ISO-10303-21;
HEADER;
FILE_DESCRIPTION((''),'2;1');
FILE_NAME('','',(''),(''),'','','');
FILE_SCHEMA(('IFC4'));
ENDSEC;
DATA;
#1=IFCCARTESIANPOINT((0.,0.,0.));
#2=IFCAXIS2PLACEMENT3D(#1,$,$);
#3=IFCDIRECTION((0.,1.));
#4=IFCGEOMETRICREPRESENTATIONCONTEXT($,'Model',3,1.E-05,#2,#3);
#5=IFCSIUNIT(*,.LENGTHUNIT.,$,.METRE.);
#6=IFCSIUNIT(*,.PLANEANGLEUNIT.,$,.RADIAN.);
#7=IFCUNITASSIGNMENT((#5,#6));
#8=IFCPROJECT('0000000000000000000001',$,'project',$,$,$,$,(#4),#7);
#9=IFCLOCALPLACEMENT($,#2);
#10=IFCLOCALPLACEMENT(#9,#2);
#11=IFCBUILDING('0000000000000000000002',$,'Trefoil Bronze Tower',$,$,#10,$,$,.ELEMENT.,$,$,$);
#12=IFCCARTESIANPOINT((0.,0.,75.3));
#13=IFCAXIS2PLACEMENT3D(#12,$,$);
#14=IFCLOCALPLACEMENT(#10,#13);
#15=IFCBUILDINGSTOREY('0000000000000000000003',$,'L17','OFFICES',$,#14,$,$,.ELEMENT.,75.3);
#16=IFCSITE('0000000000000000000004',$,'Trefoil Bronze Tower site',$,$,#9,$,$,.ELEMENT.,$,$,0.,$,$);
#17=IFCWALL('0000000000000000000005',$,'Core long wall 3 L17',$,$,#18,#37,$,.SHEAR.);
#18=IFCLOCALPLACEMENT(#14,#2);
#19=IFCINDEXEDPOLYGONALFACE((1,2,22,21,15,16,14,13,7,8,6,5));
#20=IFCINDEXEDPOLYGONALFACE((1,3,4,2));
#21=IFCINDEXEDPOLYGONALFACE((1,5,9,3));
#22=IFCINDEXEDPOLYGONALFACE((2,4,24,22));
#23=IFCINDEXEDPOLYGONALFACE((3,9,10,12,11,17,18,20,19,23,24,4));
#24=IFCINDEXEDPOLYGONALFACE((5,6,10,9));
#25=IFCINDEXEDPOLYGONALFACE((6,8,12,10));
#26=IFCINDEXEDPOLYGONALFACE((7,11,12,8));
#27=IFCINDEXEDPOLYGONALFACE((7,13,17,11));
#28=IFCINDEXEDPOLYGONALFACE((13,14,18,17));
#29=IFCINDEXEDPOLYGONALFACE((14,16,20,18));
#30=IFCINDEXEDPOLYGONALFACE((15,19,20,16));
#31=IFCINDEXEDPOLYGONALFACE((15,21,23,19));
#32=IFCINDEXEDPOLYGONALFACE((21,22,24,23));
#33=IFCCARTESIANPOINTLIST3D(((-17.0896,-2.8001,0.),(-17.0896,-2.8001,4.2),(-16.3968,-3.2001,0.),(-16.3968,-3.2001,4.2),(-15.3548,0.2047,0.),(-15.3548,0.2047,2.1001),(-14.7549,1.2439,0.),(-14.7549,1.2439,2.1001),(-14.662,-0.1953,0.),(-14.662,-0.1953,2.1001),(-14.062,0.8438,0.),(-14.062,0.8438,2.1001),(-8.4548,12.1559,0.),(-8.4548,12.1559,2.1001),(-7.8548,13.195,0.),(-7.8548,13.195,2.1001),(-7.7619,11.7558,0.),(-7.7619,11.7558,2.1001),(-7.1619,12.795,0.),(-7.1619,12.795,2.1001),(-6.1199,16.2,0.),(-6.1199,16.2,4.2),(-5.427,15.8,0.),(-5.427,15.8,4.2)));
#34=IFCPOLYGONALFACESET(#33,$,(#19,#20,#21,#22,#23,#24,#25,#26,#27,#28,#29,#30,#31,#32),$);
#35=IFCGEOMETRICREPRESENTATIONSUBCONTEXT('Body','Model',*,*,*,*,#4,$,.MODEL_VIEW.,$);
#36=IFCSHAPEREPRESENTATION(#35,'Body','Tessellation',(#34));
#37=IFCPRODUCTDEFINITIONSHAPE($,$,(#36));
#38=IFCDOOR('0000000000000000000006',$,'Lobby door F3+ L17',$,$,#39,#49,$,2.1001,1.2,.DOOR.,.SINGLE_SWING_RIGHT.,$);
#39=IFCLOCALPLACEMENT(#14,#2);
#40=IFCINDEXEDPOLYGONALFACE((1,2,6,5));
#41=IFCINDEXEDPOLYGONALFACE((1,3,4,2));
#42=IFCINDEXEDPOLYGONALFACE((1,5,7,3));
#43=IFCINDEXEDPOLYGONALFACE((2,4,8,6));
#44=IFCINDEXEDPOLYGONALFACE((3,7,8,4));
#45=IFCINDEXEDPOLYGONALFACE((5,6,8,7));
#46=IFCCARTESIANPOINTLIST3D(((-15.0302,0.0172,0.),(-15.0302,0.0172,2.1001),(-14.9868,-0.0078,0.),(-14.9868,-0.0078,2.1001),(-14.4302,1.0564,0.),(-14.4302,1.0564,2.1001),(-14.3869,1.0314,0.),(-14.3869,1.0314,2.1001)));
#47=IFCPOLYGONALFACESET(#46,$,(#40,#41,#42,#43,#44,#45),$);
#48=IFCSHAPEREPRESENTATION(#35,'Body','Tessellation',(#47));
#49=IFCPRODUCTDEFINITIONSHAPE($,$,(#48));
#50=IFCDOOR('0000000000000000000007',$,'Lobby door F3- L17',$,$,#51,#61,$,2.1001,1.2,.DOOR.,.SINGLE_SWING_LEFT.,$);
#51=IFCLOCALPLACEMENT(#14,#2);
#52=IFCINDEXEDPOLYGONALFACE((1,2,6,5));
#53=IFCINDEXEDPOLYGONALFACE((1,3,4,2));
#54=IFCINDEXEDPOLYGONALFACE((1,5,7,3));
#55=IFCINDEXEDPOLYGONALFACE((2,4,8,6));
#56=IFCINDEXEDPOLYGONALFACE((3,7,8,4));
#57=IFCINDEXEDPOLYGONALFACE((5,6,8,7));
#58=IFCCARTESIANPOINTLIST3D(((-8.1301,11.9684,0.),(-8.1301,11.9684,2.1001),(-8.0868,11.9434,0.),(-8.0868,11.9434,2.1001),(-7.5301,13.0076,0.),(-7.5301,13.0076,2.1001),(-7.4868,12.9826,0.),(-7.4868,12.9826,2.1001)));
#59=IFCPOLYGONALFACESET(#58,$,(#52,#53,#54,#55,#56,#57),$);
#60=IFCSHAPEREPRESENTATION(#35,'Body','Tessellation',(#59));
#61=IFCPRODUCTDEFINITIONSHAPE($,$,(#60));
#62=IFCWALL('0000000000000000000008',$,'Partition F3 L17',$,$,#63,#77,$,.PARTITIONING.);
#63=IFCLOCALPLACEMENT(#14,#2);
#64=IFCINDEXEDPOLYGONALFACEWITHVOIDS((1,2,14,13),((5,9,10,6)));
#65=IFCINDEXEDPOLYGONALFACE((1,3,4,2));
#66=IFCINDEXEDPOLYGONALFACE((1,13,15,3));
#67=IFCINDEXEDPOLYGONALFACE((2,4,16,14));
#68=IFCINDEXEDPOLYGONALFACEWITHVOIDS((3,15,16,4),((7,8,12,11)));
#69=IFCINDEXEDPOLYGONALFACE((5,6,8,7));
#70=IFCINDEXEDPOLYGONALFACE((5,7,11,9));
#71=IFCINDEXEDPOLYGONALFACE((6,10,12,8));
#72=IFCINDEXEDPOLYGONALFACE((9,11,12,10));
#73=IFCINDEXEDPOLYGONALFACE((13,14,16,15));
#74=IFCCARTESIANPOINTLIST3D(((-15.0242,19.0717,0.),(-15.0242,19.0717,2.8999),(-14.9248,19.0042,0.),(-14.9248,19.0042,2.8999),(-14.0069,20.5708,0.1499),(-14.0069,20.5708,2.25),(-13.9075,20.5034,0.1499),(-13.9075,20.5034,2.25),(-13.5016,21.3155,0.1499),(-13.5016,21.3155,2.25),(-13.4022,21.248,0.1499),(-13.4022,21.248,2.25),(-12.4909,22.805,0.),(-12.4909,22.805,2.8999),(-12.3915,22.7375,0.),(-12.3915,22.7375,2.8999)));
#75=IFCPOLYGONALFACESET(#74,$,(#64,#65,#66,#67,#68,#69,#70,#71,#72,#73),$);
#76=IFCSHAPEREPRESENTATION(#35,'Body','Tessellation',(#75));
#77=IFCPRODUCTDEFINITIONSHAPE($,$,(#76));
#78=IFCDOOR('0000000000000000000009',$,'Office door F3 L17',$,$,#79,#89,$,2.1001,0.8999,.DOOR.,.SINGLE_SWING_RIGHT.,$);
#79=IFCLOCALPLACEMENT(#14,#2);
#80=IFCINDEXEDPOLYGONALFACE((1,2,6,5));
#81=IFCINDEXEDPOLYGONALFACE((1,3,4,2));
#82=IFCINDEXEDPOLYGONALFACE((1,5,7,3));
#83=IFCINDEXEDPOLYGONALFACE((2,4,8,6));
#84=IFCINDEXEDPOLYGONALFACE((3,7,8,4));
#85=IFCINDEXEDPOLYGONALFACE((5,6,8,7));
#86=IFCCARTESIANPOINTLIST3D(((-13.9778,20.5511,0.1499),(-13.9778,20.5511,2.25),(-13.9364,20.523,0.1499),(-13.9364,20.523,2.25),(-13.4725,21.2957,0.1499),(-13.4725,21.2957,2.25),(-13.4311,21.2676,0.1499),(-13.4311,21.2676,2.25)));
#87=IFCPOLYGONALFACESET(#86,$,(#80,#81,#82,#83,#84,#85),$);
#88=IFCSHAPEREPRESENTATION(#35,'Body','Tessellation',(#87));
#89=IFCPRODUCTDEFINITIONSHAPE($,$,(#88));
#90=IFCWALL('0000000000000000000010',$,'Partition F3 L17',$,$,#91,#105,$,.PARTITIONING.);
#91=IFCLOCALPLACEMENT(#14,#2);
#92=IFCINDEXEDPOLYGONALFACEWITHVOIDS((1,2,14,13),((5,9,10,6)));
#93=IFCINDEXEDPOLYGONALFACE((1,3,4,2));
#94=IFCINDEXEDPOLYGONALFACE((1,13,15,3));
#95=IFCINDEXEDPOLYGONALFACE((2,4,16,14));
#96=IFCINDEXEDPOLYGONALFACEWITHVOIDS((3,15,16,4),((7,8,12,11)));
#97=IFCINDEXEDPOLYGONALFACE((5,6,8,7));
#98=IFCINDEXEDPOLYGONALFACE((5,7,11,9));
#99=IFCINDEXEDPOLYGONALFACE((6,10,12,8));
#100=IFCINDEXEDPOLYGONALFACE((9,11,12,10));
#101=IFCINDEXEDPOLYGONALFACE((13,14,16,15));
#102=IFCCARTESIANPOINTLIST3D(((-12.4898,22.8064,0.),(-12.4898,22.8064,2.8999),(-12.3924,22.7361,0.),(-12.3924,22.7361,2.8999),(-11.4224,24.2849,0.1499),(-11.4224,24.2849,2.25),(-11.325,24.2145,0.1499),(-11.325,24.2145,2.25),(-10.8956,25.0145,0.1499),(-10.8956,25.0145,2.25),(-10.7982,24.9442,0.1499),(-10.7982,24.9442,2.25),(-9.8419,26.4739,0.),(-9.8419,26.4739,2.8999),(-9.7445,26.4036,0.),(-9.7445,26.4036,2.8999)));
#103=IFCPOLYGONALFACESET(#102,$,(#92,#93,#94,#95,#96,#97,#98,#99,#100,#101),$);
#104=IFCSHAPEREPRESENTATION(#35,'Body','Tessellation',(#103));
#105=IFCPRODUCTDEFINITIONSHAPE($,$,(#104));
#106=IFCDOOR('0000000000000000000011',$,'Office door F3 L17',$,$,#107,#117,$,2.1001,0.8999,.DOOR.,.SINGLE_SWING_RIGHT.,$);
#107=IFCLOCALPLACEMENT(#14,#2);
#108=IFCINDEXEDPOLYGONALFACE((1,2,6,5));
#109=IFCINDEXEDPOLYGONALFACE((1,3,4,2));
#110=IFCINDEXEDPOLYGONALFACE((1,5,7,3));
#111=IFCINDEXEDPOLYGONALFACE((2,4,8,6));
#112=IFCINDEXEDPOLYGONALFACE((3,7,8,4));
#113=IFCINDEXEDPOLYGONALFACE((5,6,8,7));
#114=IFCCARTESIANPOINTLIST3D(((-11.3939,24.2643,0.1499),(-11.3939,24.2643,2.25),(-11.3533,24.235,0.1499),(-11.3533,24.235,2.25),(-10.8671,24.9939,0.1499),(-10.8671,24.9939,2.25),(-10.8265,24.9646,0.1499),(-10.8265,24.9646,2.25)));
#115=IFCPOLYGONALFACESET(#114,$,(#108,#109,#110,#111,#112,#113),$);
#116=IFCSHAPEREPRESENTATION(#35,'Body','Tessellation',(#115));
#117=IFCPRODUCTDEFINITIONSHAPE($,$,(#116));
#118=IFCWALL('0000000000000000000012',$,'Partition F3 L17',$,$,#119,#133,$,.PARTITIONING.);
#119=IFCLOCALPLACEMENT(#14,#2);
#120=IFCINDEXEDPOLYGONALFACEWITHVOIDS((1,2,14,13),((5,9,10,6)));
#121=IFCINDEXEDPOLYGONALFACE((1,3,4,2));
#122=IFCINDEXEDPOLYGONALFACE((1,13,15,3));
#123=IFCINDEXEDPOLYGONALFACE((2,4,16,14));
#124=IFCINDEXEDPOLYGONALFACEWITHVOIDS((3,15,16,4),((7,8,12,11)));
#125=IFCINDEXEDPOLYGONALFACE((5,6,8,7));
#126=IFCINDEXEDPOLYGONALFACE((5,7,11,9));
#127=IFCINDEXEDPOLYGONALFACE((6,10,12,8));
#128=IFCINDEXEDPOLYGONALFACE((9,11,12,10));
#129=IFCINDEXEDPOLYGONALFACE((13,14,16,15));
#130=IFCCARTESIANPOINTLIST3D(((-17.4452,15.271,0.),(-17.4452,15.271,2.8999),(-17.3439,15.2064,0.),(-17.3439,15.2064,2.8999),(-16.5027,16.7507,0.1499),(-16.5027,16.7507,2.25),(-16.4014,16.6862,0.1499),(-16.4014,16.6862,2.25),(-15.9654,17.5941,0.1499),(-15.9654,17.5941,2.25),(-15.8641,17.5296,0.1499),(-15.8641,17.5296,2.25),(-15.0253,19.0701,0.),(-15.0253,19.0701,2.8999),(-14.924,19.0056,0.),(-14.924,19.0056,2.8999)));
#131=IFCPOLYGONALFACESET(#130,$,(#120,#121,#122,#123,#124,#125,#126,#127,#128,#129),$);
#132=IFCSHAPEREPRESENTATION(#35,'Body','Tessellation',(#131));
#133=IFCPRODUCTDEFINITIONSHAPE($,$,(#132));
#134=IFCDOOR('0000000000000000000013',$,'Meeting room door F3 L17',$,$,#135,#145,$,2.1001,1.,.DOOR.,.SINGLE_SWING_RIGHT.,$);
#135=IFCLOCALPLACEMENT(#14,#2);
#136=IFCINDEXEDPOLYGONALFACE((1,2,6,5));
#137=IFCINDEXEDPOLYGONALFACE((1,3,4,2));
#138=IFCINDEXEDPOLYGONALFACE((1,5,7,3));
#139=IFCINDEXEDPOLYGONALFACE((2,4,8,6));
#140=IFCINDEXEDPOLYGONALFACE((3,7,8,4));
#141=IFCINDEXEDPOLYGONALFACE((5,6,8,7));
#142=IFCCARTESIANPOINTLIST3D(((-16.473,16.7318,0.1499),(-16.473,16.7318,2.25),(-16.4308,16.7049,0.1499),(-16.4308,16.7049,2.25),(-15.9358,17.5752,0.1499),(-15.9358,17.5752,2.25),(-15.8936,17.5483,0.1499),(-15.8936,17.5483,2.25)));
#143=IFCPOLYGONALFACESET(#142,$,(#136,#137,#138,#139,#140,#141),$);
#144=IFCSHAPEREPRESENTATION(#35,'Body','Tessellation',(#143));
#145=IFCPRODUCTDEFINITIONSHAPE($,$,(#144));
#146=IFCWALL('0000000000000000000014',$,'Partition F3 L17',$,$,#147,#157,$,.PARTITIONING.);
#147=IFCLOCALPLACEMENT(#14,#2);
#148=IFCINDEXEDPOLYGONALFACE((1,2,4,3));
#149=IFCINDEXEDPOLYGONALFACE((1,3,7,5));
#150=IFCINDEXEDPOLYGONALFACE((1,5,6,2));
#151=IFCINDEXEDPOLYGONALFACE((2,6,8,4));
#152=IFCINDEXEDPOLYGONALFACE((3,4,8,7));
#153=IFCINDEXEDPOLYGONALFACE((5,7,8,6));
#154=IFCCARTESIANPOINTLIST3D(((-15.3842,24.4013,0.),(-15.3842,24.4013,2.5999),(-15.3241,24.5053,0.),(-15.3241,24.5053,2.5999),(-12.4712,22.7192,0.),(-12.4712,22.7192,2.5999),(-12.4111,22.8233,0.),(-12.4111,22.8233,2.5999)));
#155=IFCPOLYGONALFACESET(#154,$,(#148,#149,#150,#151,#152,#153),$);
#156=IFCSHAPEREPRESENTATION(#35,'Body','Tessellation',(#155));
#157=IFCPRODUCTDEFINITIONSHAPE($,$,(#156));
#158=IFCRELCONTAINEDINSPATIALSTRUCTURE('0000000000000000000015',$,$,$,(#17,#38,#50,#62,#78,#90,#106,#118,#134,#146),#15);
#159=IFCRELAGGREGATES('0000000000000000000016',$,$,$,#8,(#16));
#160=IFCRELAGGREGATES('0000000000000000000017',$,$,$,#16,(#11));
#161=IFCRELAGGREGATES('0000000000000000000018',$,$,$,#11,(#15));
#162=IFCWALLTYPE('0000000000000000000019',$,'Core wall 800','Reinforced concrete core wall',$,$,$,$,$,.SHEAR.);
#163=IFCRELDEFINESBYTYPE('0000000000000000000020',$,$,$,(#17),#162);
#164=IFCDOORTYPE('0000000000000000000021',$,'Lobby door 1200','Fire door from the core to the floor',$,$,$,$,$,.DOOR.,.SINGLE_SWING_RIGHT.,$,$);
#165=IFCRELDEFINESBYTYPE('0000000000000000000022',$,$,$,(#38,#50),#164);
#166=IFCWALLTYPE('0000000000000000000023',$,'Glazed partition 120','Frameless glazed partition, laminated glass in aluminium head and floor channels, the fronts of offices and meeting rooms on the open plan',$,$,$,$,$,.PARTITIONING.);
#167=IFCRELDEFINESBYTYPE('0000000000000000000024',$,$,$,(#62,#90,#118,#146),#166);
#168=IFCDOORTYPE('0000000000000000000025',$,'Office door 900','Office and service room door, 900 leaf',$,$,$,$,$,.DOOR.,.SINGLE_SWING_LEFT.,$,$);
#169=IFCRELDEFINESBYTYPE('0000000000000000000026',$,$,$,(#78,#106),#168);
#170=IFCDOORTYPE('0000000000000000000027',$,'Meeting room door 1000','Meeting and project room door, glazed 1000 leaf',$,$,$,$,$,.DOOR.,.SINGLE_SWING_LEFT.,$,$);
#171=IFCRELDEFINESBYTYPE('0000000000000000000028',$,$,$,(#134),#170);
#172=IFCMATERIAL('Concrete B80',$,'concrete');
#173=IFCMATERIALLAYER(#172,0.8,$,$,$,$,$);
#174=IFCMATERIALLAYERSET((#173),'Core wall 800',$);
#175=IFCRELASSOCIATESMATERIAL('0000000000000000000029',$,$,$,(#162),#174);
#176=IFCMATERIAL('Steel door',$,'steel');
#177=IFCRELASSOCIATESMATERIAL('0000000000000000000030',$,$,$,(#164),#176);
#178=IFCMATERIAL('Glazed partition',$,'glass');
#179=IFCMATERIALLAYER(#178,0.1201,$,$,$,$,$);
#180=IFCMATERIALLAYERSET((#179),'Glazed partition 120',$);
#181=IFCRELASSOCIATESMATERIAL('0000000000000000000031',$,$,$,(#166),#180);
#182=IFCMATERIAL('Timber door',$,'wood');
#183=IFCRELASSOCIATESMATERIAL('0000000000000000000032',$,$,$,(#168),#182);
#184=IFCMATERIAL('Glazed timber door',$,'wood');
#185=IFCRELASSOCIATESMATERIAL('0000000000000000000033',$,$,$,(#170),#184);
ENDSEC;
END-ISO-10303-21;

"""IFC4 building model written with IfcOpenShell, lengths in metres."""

from ifc_helpers import new_model, si_unit, direction, frame, frame_2d, origin, place, context, subcontext, project, spatial, rectangle, extrude, material, layer, layer_set, type_object, element, fill, save


model = new_model("IFC4")

# Units and contexts
model_context = context("Model", 3, precision=1e-05, world=origin(), true_north=direction((0.0, 1.0)))
body_context = subcontext(model_context, "Body", "Model", "MODEL_VIEW")
ifc_project = project(units=[si_unit("LENGTHUNIT", "METRE"), si_unit("PLANEANGLEUNIT", "RADIAN")], contexts=[model_context])

# Site, building, storey
site_placement = place(None, origin())
site = spatial("IfcSite", under=ifc_project, at=site_placement, Name="Trefoil Bronze Tower site", CompositionType="ELEMENT", RefElevation=0.0)
building_placement = place(site_placement, origin())
building = spatial("IfcBuilding", under=site, at=building_placement, Name="Trefoil Bronze Tower", CompositionType="ELEMENT")
storey_placement = place(building_placement, frame((0.0, 0.0, 75.3)))
storey = spatial("IfcBuildingStorey", under=building, at=storey_placement, Name="L17", Description="OFFICES", CompositionType="ELEMENT", Elevation=75.3)

# Wall, openings, doors
ifc_material_1 = material(Name="Concrete B80", Category="concrete")
ifc_layer_1 = layer(ifc_material_1, 0.8)
ifc_layer_set_1 = layer_set([ifc_layer_1], Name="Core wall 800")
wall_type_1 = type_object("IfcWallType", Name="Core wall 800", Description="Reinforced concrete core wall", PredefinedType="SHEAR", material=ifc_layer_set_1)
wall_1_placement = place(storey_placement, frame((-5.7734, 16.0, 0.0), z_axis=(0.0, 0.0, 1.0), x_axis=(-0.500002, -0.866024, 0.0)))
wall_1 = element("IfcWall", 1, at=wall_1_placement, inside=storey, type_object=wall_type_1, Name="Core long wall 3 L17", PredefinedType="SHEAR", context=body_context, shape_type="SweptSolid", body=[
    extrude(rectangle(XDim=21.9395, YDim=0.8, at=frame_2d((10.9697, 0.0))), origin(), (0.0, 0.0, 1.0), 4.2),
])
opening_1_placement = place(wall_1_placement, frame((17.2698, 0.0, 0.0)))
opening_1 = element("IfcOpeningElement", 2, at=opening_1_placement, cuts=wall_1, PredefinedType="OPENING", context=body_context, shape_type="SweptSolid", body=[
    extrude(rectangle(XDim=1.2, YDim=2.1001, at=frame_2d((0.6001, 1.05))), frame((0.0, 0.4099, 0.0), z_axis=(0.0, -1.0, 0.0), x_axis=(1.0, 0.0, 0.0)), (0.0, 0.0, 1.0), 0.8201),
])
opening_2_placement = place(wall_1_placement, frame((3.4697, 0.0, 0.0)))
opening_2 = element("IfcOpeningElement", 3, at=opening_2_placement, cuts=wall_1, PredefinedType="OPENING", context=body_context, shape_type="SweptSolid", body=[
    extrude(rectangle(XDim=1.2, YDim=2.1001, at=frame_2d((0.6001, 1.05))), frame((0.0, 0.4099, 0.0), z_axis=(0.0, -1.0, 0.0), x_axis=(1.0, 0.0, 0.0)), (0.0, 0.0, 1.0), 0.8201),
])
ifc_material_2 = material(Name="Steel door", Category="steel")
door_type_1 = type_object("IfcDoorType", Name="Lobby door 1200", Description="Fire door from the core to the floor", OperationType="SINGLE_SWING_RIGHT", PredefinedType="DOOR", material=ifc_material_2)
door_1_placement = place(opening_1_placement, origin())
door_1 = element("IfcDoor", 4, at=door_1_placement, inside=storey, type_object=door_type_1, Name="Lobby door F3+ L17", OperationType="SINGLE_SWING_RIGHT", OverallHeight=2.1001, OverallWidth=1.2, PredefinedType="DOOR", context=body_context, shape_type="SweptSolid", body=[
    extrude(rectangle(XDim=1.2, YDim=2.1001, at=frame_2d((0.6001, 1.05))), frame((0.0, 0.0249, 0.0), z_axis=(0.0, -1.0, 0.0), x_axis=(1.0, 0.0, 0.0)), (0.0, 0.0, 1.0), 0.05),
])
fill(opening_1, door_1)
door_2_placement = place(opening_2_placement, origin())
door_2 = element("IfcDoor", 5, at=door_2_placement, inside=storey, type_object=door_type_1, Name="Lobby door F3- L17", OperationType="SINGLE_SWING_LEFT", OverallHeight=2.1001, OverallWidth=1.2, PredefinedType="DOOR", context=body_context, shape_type="SweptSolid", body=[
    extrude(rectangle(XDim=1.2, YDim=2.1001, at=frame_2d((0.6001, 1.05))), frame((0.0, 0.0249, 0.0), z_axis=(0.0, -1.0, 0.0), x_axis=(1.0, 0.0, 0.0)), (0.0, 0.0, 1.0), 0.05),
])
fill(opening_2, door_2)

# Walls, openings, doors
ifc_material_3 = material(Name="Glazed partition", Category="glass")
ifc_layer_2 = layer(ifc_material_3, 0.1201)
ifc_layer_set_2 = layer_set([ifc_layer_2], Name="Glazed partition 120")
wall_type_2 = type_object("IfcWallType", Name="Glazed partition 120", Description="Frameless glazed partition, laminated glass in aluminium head and floor channels, the fronts of offices and meeting rooms on the open plan", PredefinedType="PARTITIONING", material=ifc_layer_set_2)
wall_2_placement = place(storey_placement, frame((-12.4412, 22.7712, 0.0), z_axis=(0.0, 0.0, 1.0), x_axis=(-0.561512, -0.827469, 0.0)))
wall_2 = element("IfcWall", 6, at=wall_2_placement, inside=storey, type_object=wall_type_2, Name="Partition F3 L17", PredefinedType="PARTITIONING", context=body_context, shape_type="SweptSolid", body=[
    extrude(rectangle(XDim=4.5117, YDim=0.1201, at=frame_2d((2.2559, 0.0))), origin(), (0.0, 0.0, 1.0), 2.8999),
])
opening_3_placement = place(wall_2_placement, frame((1.8, 0.0, 0.1499)))
opening_3 = element("IfcOpeningElement", 7, at=opening_3_placement, cuts=wall_2, PredefinedType="OPENING", context=body_context, shape_type="SweptSolid", body=[
    extrude(rectangle(XDim=0.8999, YDim=2.1001, at=frame_2d((0.45, 1.05))), frame((0.0, 0.0701, 0.0), z_axis=(0.0, -1.0, 0.0), x_axis=(1.0, 0.0, 0.0)), (0.0, 0.0, 1.0), 0.1401),
])
ifc_material_4 = material(Name="Timber door", Category="wood")
door_type_2 = type_object("IfcDoorType", Name="Office door 900", Description="Office and service room door, 900 leaf", OperationType="SINGLE_SWING_LEFT", PredefinedType="DOOR", material=ifc_material_4)
door_3_placement = place(opening_3_placement, frame((0.8999, 0.0, 0.0), z_axis=(0.0, 0.0, 1.0), x_axis=(-1.0, 0.0, 0.0)))
door_3 = element("IfcDoor", 8, at=door_3_placement, inside=storey, type_object=door_type_2, Name="Office door F3 L17", OperationType="SINGLE_SWING_RIGHT", OverallHeight=2.1001, OverallWidth=0.8999, PredefinedType="DOOR", context=body_context, shape_type="SweptSolid", body=[
    extrude(rectangle(XDim=0.8999, YDim=2.1001, at=frame_2d((0.45, 1.05))), frame((0.0, 0.0249, 0.0), z_axis=(0.0, -1.0, 0.0), x_axis=(1.0, 0.0, 0.0)), (0.0, 0.0, 1.0), 0.05),
])
fill(opening_3, door_3)
wall_3_placement = place(storey_placement, frame((-9.7932, 26.4387, 0.0), z_axis=(0.0, 0.0, 1.0), x_axis=(-0.585376, -0.810762, 0.0)))
wall_3 = element("IfcWall", 9, at=wall_3_placement, inside=storey, type_object=wall_type_2, Name="Partition F3 L17", PredefinedType="PARTITIONING", context=body_context, shape_type="SweptSolid", body=[
    extrude(rectangle(XDim=4.5234, YDim=0.1201, at=frame_2d((2.2617, 0.0))), origin(), (0.0, 0.0, 1.0), 2.8999),
])
opening_4_placement = place(wall_3_placement, frame((1.8, 0.0, 0.1499)))
opening_4 = element("IfcOpeningElement", 10, at=opening_4_placement, cuts=wall_3, PredefinedType="OPENING", context=body_context, shape_type="SweptSolid", body=[
    extrude(rectangle(XDim=0.8999, YDim=2.1001, at=frame_2d((0.45, 1.05))), frame((0.0, 0.0701, 0.0), z_axis=(0.0, -1.0, 0.0), x_axis=(1.0, 0.0, 0.0)), (0.0, 0.0, 1.0), 0.1401),
])
door_4_placement = place(opening_4_placement, frame((0.8999, 0.0, 0.0), z_axis=(0.0, 0.0, 1.0), x_axis=(-1.0, 0.0, 0.0)))
door_4 = element("IfcDoor", 11, at=door_4_placement, inside=storey, type_object=door_type_2, Name="Office door F3 L17", OperationType="SINGLE_SWING_RIGHT", OverallHeight=2.1001, OverallWidth=0.8999, PredefinedType="DOOR", context=body_context, shape_type="SweptSolid", body=[
    extrude(rectangle(XDim=0.8999, YDim=2.1001, at=frame_2d((0.45, 1.05))), frame((0.0, 0.0249, 0.0), z_axis=(0.0, -1.0, 0.0), x_axis=(1.0, 0.0, 0.0)), (0.0, 0.0, 1.0), 0.05),
])
fill(opening_4, door_4)
wall_4_placement = place(storey_placement, frame((-14.9746, 19.0378, 0.0), z_axis=(0.0, 0.0, 1.0), x_axis=(-0.537244, -0.843427, 0.0)))
wall_4 = element("IfcWall", 12, at=wall_4_placement, inside=storey, type_object=wall_type_2, Name="Partition F3 L17", PredefinedType="PARTITIONING", context=body_context, shape_type="SweptSolid", body=[
    extrude(rectangle(XDim=4.5044, YDim=0.1201, at=frame_2d((2.2522, 0.0))), origin(), (0.0, 0.0, 1.0), 2.8999),
])
opening_5_placement = place(wall_4_placement, frame((1.75, 0.0, 0.1499)))
opening_5 = element("IfcOpeningElement", 13, at=opening_5_placement, cuts=wall_4, PredefinedType="OPENING", context=body_context, shape_type="SweptSolid", body=[
    extrude(rectangle(XDim=1.0, YDim=2.1001, at=frame_2d((0.5, 1.05))), frame((0.0, 0.0701, 0.0), z_axis=(0.0, -1.0, 0.0), x_axis=(1.0, 0.0, 0.0)), (0.0, 0.0, 1.0), 0.1401),
])
ifc_material_5 = material(Name="Glazed timber door", Category="wood")
door_type_3 = type_object("IfcDoorType", Name="Meeting room door 1000", Description="Meeting and project room door, glazed 1000 leaf", OperationType="SINGLE_SWING_LEFT", PredefinedType="DOOR", material=ifc_material_5)
door_5_placement = place(opening_5_placement, frame((1.0, 0.0, 0.0), z_axis=(0.0, 0.0, 1.0), x_axis=(-1.0, 0.0, 0.0)))
door_5 = element("IfcDoor", 14, at=door_5_placement, inside=storey, type_object=door_type_3, Name="Meeting room door F3 L17", OperationType="SINGLE_SWING_RIGHT", OverallHeight=2.1001, OverallWidth=1.0, PredefinedType="DOOR", context=body_context, shape_type="SweptSolid", body=[
    extrude(rectangle(XDim=1.0, YDim=2.1001, at=frame_2d((0.5, 1.05))), frame((0.0, 0.0249, 0.0), z_axis=(0.0, -1.0, 0.0), x_axis=(1.0, 0.0, 0.0)), (0.0, 0.0, 1.0), 0.05),
])
fill(opening_5, door_5)

# Wall
wall_5_placement = place(storey_placement, frame((-12.4412, 22.7712, 0.0), z_axis=(0.0, 0.0, 1.0), x_axis=(-0.865992, 0.500058, 0.0)))
element("IfcWall", 15, at=wall_5_placement, inside=storey, type_object=wall_type_2, Name="Partition F3 L17", PredefinedType="PARTITIONING", context=body_context, shape_type="SweptSolid", body=[
    extrude(rectangle(XDim=3.3638, YDim=0.1201, at=frame_2d((1.6819, 0.0))), origin(), (0.0, 0.0, 1.0), 2.5999),
])

save(model, "model.ifc")
